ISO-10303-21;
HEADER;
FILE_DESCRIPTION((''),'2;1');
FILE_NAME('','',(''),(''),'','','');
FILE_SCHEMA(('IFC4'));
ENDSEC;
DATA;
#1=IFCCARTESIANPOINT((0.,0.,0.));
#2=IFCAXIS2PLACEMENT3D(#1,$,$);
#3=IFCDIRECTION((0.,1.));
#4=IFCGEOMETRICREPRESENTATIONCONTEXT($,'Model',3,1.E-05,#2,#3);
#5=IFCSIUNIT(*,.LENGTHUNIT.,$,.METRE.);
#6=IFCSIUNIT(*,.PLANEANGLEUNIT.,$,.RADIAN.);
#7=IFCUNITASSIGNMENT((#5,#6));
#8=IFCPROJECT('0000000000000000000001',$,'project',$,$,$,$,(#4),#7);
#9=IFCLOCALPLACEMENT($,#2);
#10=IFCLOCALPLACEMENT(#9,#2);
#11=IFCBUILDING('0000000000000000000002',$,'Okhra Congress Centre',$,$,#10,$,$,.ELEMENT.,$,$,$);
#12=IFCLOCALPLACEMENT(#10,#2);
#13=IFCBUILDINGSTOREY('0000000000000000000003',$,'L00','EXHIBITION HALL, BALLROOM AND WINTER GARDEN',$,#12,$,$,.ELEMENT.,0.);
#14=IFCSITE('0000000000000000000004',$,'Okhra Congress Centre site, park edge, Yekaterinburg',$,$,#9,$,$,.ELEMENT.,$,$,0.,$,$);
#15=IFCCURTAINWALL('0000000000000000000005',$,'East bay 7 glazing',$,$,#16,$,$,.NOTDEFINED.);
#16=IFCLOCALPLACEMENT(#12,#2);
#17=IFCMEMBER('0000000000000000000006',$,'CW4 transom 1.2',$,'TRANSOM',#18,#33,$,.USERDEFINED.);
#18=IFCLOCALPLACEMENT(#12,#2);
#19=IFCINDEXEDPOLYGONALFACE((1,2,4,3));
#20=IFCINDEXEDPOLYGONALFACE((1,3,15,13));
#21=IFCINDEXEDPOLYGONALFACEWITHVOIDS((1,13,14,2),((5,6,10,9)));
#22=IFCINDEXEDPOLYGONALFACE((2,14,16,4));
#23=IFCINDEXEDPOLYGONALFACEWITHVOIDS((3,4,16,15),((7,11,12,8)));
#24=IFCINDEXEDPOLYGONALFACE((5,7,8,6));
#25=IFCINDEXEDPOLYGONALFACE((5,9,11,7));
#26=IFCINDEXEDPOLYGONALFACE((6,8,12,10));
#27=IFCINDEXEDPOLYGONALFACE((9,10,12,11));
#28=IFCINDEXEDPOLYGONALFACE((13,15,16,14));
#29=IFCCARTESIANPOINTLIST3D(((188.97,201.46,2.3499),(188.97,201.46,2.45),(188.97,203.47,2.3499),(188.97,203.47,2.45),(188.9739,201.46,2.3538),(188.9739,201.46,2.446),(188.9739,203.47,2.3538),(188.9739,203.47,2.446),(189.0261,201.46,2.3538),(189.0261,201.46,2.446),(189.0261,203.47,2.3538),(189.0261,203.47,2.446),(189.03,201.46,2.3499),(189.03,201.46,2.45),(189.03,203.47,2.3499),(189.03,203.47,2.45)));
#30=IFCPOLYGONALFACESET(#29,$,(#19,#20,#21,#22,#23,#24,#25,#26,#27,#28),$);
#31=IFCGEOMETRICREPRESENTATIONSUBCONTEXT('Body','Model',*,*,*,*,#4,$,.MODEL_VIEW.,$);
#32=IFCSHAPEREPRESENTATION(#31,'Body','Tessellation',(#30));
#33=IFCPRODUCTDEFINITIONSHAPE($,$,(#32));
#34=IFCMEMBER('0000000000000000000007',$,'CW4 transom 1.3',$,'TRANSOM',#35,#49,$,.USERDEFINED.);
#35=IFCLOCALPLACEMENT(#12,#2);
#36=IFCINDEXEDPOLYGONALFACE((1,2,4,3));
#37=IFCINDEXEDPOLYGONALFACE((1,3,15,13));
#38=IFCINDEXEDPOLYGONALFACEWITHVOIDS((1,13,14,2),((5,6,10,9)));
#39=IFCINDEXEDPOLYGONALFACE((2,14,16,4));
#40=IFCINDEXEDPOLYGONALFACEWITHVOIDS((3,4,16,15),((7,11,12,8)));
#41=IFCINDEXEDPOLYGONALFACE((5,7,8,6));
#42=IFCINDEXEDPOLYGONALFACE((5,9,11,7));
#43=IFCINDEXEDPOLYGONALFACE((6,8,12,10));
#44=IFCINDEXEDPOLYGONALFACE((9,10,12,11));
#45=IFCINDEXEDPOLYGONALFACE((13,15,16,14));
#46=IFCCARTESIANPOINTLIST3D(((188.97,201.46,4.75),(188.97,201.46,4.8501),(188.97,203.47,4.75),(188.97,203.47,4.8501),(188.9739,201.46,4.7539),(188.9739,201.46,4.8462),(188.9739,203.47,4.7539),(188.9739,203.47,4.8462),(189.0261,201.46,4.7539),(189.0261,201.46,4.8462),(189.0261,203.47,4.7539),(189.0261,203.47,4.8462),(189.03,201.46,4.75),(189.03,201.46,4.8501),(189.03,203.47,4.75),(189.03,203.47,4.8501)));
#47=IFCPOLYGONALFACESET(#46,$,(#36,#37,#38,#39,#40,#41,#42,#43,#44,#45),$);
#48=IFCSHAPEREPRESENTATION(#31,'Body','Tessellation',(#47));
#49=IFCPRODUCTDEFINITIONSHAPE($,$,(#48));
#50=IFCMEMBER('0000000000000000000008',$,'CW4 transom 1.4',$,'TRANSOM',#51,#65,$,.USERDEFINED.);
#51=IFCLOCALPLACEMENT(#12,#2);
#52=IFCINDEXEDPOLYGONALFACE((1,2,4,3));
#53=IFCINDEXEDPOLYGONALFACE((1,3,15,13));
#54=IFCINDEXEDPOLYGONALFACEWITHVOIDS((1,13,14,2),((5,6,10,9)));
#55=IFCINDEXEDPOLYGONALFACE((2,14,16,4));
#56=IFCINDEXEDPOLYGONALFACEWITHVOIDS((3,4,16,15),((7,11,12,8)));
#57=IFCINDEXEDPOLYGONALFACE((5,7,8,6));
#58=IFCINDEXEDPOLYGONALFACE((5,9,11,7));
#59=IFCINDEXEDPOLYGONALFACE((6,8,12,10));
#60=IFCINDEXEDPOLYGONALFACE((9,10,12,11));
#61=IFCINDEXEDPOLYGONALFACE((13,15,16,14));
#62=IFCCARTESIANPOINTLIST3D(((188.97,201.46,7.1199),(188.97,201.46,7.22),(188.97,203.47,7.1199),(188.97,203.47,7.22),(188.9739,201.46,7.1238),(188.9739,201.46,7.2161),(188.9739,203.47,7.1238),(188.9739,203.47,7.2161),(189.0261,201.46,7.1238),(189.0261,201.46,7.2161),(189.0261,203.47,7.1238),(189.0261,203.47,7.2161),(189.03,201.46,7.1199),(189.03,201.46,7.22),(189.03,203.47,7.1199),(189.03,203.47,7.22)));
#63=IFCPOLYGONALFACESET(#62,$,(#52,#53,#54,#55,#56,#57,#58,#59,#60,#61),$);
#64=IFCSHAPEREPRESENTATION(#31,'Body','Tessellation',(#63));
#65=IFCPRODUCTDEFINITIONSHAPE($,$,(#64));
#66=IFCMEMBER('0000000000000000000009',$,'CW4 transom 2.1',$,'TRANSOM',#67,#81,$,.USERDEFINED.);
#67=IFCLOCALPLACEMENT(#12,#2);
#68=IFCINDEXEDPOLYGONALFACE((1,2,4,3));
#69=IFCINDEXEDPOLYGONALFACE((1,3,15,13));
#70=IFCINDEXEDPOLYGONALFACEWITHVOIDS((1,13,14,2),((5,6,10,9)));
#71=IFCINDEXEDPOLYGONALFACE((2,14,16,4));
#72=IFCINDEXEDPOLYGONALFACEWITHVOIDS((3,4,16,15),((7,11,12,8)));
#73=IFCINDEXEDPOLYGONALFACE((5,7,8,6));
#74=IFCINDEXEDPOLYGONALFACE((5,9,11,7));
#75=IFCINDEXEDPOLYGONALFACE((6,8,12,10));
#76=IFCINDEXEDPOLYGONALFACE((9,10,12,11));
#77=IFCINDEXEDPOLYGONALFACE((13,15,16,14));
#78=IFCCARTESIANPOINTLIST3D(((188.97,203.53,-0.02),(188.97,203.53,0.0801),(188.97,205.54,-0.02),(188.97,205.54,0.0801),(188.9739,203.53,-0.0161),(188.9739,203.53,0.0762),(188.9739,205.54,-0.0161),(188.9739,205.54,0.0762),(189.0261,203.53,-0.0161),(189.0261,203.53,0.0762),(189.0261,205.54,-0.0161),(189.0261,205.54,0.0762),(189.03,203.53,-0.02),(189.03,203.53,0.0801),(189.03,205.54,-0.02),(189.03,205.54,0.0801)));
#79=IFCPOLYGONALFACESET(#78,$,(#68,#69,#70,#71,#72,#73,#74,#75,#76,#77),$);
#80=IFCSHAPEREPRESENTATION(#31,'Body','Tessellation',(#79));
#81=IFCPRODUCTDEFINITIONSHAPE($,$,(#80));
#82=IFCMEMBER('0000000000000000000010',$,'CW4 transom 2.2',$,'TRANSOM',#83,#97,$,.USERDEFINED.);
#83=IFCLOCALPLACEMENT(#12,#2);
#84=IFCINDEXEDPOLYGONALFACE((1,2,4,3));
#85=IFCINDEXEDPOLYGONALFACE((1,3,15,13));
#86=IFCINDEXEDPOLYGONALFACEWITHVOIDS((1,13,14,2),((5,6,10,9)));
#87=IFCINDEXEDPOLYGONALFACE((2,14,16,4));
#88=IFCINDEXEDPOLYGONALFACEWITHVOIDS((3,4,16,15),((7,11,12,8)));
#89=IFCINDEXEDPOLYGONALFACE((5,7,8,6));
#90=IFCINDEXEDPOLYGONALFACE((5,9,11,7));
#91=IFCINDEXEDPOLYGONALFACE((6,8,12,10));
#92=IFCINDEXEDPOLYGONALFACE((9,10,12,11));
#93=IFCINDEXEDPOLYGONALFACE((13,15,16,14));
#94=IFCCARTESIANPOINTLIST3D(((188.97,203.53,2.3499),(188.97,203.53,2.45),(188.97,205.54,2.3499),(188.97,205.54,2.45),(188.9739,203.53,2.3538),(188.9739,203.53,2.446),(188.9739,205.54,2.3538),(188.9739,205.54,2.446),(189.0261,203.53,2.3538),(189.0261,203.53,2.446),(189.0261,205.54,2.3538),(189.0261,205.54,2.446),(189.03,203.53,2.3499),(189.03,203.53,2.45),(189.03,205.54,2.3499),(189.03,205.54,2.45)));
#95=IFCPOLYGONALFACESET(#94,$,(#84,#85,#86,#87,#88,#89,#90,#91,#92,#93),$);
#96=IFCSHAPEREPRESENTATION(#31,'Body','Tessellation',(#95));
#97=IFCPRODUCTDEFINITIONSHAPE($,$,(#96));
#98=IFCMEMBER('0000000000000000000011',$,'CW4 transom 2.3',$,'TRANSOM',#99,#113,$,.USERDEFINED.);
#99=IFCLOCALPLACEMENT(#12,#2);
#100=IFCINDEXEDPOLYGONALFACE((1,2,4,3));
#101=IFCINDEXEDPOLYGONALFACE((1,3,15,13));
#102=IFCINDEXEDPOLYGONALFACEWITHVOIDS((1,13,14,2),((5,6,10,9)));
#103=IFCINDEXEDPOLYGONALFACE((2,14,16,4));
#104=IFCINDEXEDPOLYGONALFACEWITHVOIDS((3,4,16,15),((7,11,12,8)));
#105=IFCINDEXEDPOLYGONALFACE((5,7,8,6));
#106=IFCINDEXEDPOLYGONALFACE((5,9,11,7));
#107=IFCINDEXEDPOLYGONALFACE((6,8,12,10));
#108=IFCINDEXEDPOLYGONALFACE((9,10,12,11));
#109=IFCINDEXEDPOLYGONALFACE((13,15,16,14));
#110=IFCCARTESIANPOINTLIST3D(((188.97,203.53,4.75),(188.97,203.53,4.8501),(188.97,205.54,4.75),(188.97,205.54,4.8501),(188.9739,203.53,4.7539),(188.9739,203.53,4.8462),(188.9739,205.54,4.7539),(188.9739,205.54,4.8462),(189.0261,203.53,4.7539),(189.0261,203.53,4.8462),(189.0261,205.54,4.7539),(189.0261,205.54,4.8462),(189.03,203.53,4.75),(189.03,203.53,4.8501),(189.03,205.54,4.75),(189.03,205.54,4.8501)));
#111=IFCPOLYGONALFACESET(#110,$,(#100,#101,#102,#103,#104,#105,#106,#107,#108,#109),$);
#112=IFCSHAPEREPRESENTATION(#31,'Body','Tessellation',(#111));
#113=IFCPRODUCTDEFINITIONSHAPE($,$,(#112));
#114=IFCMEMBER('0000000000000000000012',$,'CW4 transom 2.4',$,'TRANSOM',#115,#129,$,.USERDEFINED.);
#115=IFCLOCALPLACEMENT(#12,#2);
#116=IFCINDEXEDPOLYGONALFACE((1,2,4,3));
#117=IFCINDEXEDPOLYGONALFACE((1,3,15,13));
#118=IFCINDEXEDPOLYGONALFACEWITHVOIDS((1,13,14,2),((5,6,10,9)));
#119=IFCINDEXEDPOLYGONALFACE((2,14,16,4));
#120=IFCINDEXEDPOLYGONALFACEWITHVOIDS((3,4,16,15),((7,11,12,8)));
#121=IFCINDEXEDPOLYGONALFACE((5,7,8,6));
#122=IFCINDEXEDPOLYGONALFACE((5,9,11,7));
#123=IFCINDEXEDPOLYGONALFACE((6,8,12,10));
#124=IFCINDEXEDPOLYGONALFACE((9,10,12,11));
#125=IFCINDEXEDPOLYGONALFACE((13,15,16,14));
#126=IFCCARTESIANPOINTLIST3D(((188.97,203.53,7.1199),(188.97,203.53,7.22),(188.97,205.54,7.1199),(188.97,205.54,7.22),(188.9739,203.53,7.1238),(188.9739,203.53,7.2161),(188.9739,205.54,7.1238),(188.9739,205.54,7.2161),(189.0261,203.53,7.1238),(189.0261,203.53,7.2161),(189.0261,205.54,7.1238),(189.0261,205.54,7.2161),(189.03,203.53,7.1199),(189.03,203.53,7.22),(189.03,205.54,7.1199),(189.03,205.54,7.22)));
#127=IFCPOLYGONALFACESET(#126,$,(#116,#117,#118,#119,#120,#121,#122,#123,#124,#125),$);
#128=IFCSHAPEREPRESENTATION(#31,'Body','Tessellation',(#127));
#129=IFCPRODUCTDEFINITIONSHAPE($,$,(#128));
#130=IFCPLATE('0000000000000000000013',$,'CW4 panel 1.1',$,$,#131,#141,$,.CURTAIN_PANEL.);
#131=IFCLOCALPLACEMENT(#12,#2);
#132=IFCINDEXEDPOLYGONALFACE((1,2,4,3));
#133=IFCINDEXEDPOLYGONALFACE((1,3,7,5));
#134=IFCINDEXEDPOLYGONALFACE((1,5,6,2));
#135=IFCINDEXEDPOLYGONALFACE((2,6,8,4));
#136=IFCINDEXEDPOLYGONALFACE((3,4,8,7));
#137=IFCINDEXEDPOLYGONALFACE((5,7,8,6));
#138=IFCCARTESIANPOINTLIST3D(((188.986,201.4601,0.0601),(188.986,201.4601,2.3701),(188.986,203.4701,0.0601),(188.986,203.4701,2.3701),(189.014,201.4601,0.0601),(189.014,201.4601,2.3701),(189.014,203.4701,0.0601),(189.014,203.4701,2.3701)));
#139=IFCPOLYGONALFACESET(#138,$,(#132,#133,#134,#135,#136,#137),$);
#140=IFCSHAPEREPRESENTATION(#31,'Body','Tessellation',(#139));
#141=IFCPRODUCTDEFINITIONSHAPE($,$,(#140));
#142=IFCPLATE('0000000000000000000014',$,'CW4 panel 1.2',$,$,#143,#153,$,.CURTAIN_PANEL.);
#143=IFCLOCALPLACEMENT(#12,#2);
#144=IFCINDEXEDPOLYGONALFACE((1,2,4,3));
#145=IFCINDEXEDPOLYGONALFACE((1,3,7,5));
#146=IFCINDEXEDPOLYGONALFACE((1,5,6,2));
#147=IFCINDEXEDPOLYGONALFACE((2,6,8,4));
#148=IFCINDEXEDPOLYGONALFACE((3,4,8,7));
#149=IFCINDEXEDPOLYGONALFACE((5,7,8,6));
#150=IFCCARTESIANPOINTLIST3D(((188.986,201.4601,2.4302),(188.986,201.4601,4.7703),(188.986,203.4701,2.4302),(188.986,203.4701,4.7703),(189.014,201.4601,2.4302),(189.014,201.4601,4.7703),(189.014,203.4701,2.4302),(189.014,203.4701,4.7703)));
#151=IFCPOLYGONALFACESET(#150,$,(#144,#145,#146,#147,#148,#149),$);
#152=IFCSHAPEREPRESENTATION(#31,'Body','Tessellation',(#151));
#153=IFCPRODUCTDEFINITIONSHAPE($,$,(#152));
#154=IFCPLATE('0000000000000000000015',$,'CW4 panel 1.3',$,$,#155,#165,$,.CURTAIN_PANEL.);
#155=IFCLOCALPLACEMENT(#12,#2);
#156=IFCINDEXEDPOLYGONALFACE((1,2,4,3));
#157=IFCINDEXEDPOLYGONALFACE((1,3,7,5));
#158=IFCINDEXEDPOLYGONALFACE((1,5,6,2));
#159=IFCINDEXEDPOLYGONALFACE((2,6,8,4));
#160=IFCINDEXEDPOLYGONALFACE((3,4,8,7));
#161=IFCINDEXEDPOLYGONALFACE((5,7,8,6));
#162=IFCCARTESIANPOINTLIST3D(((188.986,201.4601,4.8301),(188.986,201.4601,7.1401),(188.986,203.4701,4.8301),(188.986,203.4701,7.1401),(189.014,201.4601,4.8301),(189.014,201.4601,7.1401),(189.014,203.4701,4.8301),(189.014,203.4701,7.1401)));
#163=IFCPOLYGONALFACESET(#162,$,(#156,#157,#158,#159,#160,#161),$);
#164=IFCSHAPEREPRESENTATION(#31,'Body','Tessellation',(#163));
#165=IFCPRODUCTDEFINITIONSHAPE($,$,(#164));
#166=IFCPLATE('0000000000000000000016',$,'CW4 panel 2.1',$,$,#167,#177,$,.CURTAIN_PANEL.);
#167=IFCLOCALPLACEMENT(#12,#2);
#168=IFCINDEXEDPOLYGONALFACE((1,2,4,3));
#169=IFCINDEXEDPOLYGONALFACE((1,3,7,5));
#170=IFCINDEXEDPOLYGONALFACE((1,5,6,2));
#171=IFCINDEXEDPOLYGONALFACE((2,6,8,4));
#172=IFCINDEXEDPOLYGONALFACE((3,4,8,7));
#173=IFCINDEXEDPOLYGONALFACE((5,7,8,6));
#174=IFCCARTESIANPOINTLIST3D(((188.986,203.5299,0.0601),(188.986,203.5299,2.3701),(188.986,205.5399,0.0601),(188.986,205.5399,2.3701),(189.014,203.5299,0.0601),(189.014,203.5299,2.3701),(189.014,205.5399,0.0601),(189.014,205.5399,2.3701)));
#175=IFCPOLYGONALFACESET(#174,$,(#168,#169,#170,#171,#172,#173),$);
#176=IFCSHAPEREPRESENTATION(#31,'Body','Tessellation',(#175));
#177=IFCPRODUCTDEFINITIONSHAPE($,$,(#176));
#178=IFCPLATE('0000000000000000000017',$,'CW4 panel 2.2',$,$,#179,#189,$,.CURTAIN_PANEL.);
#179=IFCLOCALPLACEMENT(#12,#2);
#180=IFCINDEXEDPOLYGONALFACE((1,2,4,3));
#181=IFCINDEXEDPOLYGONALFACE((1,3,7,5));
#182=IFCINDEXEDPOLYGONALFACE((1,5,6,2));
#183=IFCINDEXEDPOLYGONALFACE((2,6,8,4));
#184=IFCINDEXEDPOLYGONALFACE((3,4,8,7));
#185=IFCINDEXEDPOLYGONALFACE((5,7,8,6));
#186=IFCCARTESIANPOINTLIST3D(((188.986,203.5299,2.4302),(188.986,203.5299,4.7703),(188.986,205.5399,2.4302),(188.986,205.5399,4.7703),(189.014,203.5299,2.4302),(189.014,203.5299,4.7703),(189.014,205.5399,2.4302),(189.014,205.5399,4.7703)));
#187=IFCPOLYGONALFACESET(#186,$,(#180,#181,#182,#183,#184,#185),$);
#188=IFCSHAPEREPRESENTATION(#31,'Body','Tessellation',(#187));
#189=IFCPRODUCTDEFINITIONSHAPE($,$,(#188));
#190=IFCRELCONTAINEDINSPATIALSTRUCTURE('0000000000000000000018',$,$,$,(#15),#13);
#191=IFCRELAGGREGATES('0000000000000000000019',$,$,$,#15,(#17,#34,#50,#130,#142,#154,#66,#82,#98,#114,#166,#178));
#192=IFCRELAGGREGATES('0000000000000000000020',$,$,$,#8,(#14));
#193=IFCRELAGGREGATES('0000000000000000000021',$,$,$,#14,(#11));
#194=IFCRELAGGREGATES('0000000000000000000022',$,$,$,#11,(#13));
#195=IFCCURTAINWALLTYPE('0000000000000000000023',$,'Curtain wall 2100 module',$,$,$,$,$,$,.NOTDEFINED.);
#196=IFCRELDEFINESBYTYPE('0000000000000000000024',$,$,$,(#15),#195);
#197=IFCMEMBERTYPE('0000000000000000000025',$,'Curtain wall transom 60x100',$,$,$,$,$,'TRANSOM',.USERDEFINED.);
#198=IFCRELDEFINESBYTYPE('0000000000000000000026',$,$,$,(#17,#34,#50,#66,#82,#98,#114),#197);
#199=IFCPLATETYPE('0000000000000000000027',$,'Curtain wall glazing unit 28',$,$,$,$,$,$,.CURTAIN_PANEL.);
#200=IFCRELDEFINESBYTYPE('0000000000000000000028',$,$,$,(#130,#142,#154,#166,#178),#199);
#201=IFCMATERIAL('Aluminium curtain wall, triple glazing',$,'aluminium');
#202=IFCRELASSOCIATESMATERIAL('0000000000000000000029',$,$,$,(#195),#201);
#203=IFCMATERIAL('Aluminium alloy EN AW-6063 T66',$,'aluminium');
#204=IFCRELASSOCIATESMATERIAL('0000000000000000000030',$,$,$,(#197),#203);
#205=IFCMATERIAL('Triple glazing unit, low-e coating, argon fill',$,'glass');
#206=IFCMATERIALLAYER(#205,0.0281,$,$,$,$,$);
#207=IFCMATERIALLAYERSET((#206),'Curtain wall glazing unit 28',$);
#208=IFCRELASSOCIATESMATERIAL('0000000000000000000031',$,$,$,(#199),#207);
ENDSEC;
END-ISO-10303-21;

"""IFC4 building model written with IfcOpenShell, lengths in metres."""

from ifc_helpers import new_model, si_unit, direction, frame, origin, origin_2d, place, context, subcontext, project, spatial, rectangle, hollow_rectangle, extrude, material, layer, layer_set, material_profile, profile_set, type_object, element, aggregate, save


model = new_model("IFC4")

# Units and contexts
model_context = context("Model", 3, precision=1e-05, world=origin(), true_north=direction((0.0, 1.0)))
body_context = subcontext(model_context, "Body", "Model", "MODEL_VIEW")
ifc_project = project(units=[si_unit("LENGTHUNIT", "METRE"), si_unit("PLANEANGLEUNIT", "RADIAN")], contexts=[model_context])

# Site, building, storey
site_placement = place(None, origin())
site = spatial("IfcSite", under=ifc_project, at=site_placement, Name="Okhra Congress Centre site, park edge, Yekaterinburg", CompositionType="ELEMENT", RefElevation=0.0)
building_placement = place(site_placement, origin())
building = spatial("IfcBuilding", under=site, at=building_placement, Name="Okhra Congress Centre", CompositionType="ELEMENT")
storey_placement = place(building_placement, origin())
storey = spatial("IfcBuildingStorey", under=building, at=storey_placement, Name="L00", Description="EXHIBITION HALL, BALLROOM AND WINTER GARDEN", CompositionType="ELEMENT", Elevation=0.0)

# Curtain wall, members, plates
ifc_material_1 = material(Name="Aluminium curtain wall, triple glazing", Category="aluminium")
curtain_wall_type = type_object("IfcCurtainWallType", Name="Curtain wall 2100 module", PredefinedType="NOTDEFINED", material=ifc_material_1)
curtain_wall_placement = place(storey_placement, origin())
curtain_wall = element("IfcCurtainWall", 1, at=curtain_wall_placement, inside=storey, type_object=curtain_wall_type, Name="East bay 7 glazing", PredefinedType="NOTDEFINED")
ifc_material_2 = material(Name="Aluminium alloy EN AW-6063 T66", Category="aluminium")
ifc_material_profile_1 = material_profile(ifc_material_2, hollow_rectangle(XDim=0.0601, YDim=0.1001, WallThickness=0.0039, at=origin_2d()), Name="RHS 60x100x4")
ifc_profile_set_1 = profile_set([ifc_material_profile_1], Name="Aluminium alloy EN AW-6063 T66")
member_type_1 = type_object("IfcMemberType", Name="Curtain wall transom 60x100", ElementType="TRANSOM", PredefinedType="USERDEFINED", material=ifc_profile_set_1)
member_1_placement = place(storey_placement, frame((189.0, 201.46, 2.3999), z_axis=(0.0, 1.0, 0.0), x_axis=(-1.0, 0.0, 0.0)))
member_1 = element("IfcMember", 2, at=member_1_placement, type_object=member_type_1, Name="CW4 transom 1.2", ObjectType="TRANSOM", PredefinedType="USERDEFINED", context=body_context, shape_type="SweptSolid", body=[
    extrude(hollow_rectangle(XDim=0.0601, YDim=0.1001, WallThickness=0.0039, at=origin_2d()), origin(), (0.0, 0.0, 1.0), 2.01),
])
member_2_placement = place(storey_placement, frame((189.0, 201.46, 4.8), z_axis=(0.0, 1.0, 0.0), x_axis=(-1.0, 0.0, 0.0)))
member_2 = element("IfcMember", 3, at=member_2_placement, type_object=member_type_1, Name="CW4 transom 1.3", ObjectType="TRANSOM", PredefinedType="USERDEFINED", context=body_context, shape_type="SweptSolid", body=[
    extrude(hollow_rectangle(XDim=0.0601, YDim=0.1001, WallThickness=0.0039, at=origin_2d()), origin(), (0.0, 0.0, 1.0), 2.01),
])
member_3_placement = place(storey_placement, frame((189.0, 201.46, 7.1699), z_axis=(0.0, 1.0, 0.0), x_axis=(-1.0, 0.0, 0.0)))
member_3 = element("IfcMember", 4, at=member_3_placement, type_object=member_type_1, Name="CW4 transom 1.4", ObjectType="TRANSOM", PredefinedType="USERDEFINED", context=body_context, shape_type="SweptSolid", body=[
    extrude(hollow_rectangle(XDim=0.0601, YDim=0.1001, WallThickness=0.0039, at=origin_2d()), origin(), (0.0, 0.0, 1.0), 2.01),
])
member_4_placement = place(storey_placement, frame((189.0, 203.53, 0.03), z_axis=(0.0, 1.0, 0.0), x_axis=(-1.0, 0.0, 0.0)))
member_4 = element("IfcMember", 5, at=member_4_placement, type_object=member_type_1, Name="CW4 transom 2.1", ObjectType="TRANSOM", PredefinedType="USERDEFINED", context=body_context, shape_type="SweptSolid", body=[
    extrude(hollow_rectangle(XDim=0.0601, YDim=0.1001, WallThickness=0.0039, at=origin_2d()), origin(), (0.0, 0.0, 1.0), 2.01),
])
member_5_placement = place(storey_placement, frame((189.0, 203.53, 2.3999), z_axis=(0.0, 1.0, 0.0), x_axis=(-1.0, 0.0, 0.0)))
member_5 = element("IfcMember", 6, at=member_5_placement, type_object=member_type_1, Name="CW4 transom 2.2", ObjectType="TRANSOM", PredefinedType="USERDEFINED", context=body_context, shape_type="SweptSolid", body=[
    extrude(hollow_rectangle(XDim=0.0601, YDim=0.1001, WallThickness=0.0039, at=origin_2d()), origin(), (0.0, 0.0, 1.0), 2.01),
])
member_6_placement = place(storey_placement, frame((189.0, 203.53, 4.8), z_axis=(0.0, 1.0, 0.0), x_axis=(-1.0, 0.0, 0.0)))
member_6 = element("IfcMember", 7, at=member_6_placement, type_object=member_type_1, Name="CW4 transom 2.3", ObjectType="TRANSOM", PredefinedType="USERDEFINED", context=body_context, shape_type="SweptSolid", body=[
    extrude(hollow_rectangle(XDim=0.0601, YDim=0.1001, WallThickness=0.0039, at=origin_2d()), origin(), (0.0, 0.0, 1.0), 2.01),
])
member_7_placement = place(storey_placement, frame((189.0, 203.53, 7.1699), z_axis=(0.0, 1.0, 0.0), x_axis=(-1.0, 0.0, 0.0)))
member_7 = element("IfcMember", 8, at=member_7_placement, type_object=member_type_1, Name="CW4 transom 2.4", ObjectType="TRANSOM", PredefinedType="USERDEFINED", context=body_context, shape_type="SweptSolid", body=[
    extrude(hollow_rectangle(XDim=0.0601, YDim=0.1001, WallThickness=0.0039, at=origin_2d()), origin(), (0.0, 0.0, 1.0), 2.01),
])
ifc_material_3 = material(Name="Triple glazing unit, low-e coating, argon fill", Category="glass")
ifc_layer_1 = layer(ifc_material_3, 0.0281)
ifc_layer_set_1 = layer_set([ifc_layer_1], Name="Curtain wall glazing unit 28")
plate_type = type_object("IfcPlateType", Name="Curtain wall glazing unit 28", PredefinedType="CURTAIN_PANEL", material=ifc_layer_set_1)
plate_1_placement = place(storey_placement, frame((189.0, 202.4651, 0.0601), z_axis=(0.0, 0.0, 1.0), x_axis=(0.0, 1.0, 0.0)))
plate_1 = element("IfcPlate", 9, at=plate_1_placement, type_object=plate_type, Name="CW4 panel 1.1", PredefinedType="CURTAIN_PANEL", context=body_context, shape_type="SweptSolid", body=[
    extrude(rectangle(XDim=2.01, YDim=0.0281, at=origin_2d()), origin(), (0.0, 0.0, 1.0), 2.3101),
])
plate_2_placement = place(storey_placement, frame((189.0, 202.4651, 2.4302), z_axis=(0.0, 0.0, 1.0), x_axis=(0.0, 1.0, 0.0)))
plate_2 = element("IfcPlate", 10, at=plate_2_placement, type_object=plate_type, Name="CW4 panel 1.2", PredefinedType="CURTAIN_PANEL", context=body_context, shape_type="SweptSolid", body=[
    extrude(rectangle(XDim=2.01, YDim=0.0281, at=origin_2d()), origin(), (0.0, 0.0, 1.0), 2.3401),
])
plate_3_placement = place(storey_placement, frame((189.0, 202.4651, 4.8301), z_axis=(0.0, 0.0, 1.0), x_axis=(0.0, 1.0, 0.0)))
plate_3 = element("IfcPlate", 11, at=plate_3_placement, type_object=plate_type, Name="CW4 panel 1.3", PredefinedType="CURTAIN_PANEL", context=body_context, shape_type="SweptSolid", body=[
    extrude(rectangle(XDim=2.01, YDim=0.0281, at=origin_2d()), origin(), (0.0, 0.0, 1.0), 2.3101),
])
plate_4_placement = place(storey_placement, frame((189.0, 204.5349, 0.0601), z_axis=(0.0, 0.0, 1.0), x_axis=(0.0, 1.0, 0.0)))
plate_4 = element("IfcPlate", 12, at=plate_4_placement, type_object=plate_type, Name="CW4 panel 2.1", PredefinedType="CURTAIN_PANEL", context=body_context, shape_type="SweptSolid", body=[
    extrude(rectangle(XDim=2.01, YDim=0.0281, at=origin_2d()), origin(), (0.0, 0.0, 1.0), 2.3101),
])
plate_5_placement = place(storey_placement, frame((189.0, 204.5349, 2.4302), z_axis=(0.0, 0.0, 1.0), x_axis=(0.0, 1.0, 0.0)))
plate_5 = element("IfcPlate", 13, at=plate_5_placement, type_object=plate_type, Name="CW4 panel 2.2", PredefinedType="CURTAIN_PANEL", context=body_context, shape_type="SweptSolid", body=[
    extrude(rectangle(XDim=2.01, YDim=0.0281, at=origin_2d()), origin(), (0.0, 0.0, 1.0), 2.3401),
])
aggregate(curtain_wall, [member_1, member_2, member_3, plate_1, plate_2, plate_3, member_4, member_5, member_6, member_7, plate_4, plate_5])

save(model, "model.ifc")
